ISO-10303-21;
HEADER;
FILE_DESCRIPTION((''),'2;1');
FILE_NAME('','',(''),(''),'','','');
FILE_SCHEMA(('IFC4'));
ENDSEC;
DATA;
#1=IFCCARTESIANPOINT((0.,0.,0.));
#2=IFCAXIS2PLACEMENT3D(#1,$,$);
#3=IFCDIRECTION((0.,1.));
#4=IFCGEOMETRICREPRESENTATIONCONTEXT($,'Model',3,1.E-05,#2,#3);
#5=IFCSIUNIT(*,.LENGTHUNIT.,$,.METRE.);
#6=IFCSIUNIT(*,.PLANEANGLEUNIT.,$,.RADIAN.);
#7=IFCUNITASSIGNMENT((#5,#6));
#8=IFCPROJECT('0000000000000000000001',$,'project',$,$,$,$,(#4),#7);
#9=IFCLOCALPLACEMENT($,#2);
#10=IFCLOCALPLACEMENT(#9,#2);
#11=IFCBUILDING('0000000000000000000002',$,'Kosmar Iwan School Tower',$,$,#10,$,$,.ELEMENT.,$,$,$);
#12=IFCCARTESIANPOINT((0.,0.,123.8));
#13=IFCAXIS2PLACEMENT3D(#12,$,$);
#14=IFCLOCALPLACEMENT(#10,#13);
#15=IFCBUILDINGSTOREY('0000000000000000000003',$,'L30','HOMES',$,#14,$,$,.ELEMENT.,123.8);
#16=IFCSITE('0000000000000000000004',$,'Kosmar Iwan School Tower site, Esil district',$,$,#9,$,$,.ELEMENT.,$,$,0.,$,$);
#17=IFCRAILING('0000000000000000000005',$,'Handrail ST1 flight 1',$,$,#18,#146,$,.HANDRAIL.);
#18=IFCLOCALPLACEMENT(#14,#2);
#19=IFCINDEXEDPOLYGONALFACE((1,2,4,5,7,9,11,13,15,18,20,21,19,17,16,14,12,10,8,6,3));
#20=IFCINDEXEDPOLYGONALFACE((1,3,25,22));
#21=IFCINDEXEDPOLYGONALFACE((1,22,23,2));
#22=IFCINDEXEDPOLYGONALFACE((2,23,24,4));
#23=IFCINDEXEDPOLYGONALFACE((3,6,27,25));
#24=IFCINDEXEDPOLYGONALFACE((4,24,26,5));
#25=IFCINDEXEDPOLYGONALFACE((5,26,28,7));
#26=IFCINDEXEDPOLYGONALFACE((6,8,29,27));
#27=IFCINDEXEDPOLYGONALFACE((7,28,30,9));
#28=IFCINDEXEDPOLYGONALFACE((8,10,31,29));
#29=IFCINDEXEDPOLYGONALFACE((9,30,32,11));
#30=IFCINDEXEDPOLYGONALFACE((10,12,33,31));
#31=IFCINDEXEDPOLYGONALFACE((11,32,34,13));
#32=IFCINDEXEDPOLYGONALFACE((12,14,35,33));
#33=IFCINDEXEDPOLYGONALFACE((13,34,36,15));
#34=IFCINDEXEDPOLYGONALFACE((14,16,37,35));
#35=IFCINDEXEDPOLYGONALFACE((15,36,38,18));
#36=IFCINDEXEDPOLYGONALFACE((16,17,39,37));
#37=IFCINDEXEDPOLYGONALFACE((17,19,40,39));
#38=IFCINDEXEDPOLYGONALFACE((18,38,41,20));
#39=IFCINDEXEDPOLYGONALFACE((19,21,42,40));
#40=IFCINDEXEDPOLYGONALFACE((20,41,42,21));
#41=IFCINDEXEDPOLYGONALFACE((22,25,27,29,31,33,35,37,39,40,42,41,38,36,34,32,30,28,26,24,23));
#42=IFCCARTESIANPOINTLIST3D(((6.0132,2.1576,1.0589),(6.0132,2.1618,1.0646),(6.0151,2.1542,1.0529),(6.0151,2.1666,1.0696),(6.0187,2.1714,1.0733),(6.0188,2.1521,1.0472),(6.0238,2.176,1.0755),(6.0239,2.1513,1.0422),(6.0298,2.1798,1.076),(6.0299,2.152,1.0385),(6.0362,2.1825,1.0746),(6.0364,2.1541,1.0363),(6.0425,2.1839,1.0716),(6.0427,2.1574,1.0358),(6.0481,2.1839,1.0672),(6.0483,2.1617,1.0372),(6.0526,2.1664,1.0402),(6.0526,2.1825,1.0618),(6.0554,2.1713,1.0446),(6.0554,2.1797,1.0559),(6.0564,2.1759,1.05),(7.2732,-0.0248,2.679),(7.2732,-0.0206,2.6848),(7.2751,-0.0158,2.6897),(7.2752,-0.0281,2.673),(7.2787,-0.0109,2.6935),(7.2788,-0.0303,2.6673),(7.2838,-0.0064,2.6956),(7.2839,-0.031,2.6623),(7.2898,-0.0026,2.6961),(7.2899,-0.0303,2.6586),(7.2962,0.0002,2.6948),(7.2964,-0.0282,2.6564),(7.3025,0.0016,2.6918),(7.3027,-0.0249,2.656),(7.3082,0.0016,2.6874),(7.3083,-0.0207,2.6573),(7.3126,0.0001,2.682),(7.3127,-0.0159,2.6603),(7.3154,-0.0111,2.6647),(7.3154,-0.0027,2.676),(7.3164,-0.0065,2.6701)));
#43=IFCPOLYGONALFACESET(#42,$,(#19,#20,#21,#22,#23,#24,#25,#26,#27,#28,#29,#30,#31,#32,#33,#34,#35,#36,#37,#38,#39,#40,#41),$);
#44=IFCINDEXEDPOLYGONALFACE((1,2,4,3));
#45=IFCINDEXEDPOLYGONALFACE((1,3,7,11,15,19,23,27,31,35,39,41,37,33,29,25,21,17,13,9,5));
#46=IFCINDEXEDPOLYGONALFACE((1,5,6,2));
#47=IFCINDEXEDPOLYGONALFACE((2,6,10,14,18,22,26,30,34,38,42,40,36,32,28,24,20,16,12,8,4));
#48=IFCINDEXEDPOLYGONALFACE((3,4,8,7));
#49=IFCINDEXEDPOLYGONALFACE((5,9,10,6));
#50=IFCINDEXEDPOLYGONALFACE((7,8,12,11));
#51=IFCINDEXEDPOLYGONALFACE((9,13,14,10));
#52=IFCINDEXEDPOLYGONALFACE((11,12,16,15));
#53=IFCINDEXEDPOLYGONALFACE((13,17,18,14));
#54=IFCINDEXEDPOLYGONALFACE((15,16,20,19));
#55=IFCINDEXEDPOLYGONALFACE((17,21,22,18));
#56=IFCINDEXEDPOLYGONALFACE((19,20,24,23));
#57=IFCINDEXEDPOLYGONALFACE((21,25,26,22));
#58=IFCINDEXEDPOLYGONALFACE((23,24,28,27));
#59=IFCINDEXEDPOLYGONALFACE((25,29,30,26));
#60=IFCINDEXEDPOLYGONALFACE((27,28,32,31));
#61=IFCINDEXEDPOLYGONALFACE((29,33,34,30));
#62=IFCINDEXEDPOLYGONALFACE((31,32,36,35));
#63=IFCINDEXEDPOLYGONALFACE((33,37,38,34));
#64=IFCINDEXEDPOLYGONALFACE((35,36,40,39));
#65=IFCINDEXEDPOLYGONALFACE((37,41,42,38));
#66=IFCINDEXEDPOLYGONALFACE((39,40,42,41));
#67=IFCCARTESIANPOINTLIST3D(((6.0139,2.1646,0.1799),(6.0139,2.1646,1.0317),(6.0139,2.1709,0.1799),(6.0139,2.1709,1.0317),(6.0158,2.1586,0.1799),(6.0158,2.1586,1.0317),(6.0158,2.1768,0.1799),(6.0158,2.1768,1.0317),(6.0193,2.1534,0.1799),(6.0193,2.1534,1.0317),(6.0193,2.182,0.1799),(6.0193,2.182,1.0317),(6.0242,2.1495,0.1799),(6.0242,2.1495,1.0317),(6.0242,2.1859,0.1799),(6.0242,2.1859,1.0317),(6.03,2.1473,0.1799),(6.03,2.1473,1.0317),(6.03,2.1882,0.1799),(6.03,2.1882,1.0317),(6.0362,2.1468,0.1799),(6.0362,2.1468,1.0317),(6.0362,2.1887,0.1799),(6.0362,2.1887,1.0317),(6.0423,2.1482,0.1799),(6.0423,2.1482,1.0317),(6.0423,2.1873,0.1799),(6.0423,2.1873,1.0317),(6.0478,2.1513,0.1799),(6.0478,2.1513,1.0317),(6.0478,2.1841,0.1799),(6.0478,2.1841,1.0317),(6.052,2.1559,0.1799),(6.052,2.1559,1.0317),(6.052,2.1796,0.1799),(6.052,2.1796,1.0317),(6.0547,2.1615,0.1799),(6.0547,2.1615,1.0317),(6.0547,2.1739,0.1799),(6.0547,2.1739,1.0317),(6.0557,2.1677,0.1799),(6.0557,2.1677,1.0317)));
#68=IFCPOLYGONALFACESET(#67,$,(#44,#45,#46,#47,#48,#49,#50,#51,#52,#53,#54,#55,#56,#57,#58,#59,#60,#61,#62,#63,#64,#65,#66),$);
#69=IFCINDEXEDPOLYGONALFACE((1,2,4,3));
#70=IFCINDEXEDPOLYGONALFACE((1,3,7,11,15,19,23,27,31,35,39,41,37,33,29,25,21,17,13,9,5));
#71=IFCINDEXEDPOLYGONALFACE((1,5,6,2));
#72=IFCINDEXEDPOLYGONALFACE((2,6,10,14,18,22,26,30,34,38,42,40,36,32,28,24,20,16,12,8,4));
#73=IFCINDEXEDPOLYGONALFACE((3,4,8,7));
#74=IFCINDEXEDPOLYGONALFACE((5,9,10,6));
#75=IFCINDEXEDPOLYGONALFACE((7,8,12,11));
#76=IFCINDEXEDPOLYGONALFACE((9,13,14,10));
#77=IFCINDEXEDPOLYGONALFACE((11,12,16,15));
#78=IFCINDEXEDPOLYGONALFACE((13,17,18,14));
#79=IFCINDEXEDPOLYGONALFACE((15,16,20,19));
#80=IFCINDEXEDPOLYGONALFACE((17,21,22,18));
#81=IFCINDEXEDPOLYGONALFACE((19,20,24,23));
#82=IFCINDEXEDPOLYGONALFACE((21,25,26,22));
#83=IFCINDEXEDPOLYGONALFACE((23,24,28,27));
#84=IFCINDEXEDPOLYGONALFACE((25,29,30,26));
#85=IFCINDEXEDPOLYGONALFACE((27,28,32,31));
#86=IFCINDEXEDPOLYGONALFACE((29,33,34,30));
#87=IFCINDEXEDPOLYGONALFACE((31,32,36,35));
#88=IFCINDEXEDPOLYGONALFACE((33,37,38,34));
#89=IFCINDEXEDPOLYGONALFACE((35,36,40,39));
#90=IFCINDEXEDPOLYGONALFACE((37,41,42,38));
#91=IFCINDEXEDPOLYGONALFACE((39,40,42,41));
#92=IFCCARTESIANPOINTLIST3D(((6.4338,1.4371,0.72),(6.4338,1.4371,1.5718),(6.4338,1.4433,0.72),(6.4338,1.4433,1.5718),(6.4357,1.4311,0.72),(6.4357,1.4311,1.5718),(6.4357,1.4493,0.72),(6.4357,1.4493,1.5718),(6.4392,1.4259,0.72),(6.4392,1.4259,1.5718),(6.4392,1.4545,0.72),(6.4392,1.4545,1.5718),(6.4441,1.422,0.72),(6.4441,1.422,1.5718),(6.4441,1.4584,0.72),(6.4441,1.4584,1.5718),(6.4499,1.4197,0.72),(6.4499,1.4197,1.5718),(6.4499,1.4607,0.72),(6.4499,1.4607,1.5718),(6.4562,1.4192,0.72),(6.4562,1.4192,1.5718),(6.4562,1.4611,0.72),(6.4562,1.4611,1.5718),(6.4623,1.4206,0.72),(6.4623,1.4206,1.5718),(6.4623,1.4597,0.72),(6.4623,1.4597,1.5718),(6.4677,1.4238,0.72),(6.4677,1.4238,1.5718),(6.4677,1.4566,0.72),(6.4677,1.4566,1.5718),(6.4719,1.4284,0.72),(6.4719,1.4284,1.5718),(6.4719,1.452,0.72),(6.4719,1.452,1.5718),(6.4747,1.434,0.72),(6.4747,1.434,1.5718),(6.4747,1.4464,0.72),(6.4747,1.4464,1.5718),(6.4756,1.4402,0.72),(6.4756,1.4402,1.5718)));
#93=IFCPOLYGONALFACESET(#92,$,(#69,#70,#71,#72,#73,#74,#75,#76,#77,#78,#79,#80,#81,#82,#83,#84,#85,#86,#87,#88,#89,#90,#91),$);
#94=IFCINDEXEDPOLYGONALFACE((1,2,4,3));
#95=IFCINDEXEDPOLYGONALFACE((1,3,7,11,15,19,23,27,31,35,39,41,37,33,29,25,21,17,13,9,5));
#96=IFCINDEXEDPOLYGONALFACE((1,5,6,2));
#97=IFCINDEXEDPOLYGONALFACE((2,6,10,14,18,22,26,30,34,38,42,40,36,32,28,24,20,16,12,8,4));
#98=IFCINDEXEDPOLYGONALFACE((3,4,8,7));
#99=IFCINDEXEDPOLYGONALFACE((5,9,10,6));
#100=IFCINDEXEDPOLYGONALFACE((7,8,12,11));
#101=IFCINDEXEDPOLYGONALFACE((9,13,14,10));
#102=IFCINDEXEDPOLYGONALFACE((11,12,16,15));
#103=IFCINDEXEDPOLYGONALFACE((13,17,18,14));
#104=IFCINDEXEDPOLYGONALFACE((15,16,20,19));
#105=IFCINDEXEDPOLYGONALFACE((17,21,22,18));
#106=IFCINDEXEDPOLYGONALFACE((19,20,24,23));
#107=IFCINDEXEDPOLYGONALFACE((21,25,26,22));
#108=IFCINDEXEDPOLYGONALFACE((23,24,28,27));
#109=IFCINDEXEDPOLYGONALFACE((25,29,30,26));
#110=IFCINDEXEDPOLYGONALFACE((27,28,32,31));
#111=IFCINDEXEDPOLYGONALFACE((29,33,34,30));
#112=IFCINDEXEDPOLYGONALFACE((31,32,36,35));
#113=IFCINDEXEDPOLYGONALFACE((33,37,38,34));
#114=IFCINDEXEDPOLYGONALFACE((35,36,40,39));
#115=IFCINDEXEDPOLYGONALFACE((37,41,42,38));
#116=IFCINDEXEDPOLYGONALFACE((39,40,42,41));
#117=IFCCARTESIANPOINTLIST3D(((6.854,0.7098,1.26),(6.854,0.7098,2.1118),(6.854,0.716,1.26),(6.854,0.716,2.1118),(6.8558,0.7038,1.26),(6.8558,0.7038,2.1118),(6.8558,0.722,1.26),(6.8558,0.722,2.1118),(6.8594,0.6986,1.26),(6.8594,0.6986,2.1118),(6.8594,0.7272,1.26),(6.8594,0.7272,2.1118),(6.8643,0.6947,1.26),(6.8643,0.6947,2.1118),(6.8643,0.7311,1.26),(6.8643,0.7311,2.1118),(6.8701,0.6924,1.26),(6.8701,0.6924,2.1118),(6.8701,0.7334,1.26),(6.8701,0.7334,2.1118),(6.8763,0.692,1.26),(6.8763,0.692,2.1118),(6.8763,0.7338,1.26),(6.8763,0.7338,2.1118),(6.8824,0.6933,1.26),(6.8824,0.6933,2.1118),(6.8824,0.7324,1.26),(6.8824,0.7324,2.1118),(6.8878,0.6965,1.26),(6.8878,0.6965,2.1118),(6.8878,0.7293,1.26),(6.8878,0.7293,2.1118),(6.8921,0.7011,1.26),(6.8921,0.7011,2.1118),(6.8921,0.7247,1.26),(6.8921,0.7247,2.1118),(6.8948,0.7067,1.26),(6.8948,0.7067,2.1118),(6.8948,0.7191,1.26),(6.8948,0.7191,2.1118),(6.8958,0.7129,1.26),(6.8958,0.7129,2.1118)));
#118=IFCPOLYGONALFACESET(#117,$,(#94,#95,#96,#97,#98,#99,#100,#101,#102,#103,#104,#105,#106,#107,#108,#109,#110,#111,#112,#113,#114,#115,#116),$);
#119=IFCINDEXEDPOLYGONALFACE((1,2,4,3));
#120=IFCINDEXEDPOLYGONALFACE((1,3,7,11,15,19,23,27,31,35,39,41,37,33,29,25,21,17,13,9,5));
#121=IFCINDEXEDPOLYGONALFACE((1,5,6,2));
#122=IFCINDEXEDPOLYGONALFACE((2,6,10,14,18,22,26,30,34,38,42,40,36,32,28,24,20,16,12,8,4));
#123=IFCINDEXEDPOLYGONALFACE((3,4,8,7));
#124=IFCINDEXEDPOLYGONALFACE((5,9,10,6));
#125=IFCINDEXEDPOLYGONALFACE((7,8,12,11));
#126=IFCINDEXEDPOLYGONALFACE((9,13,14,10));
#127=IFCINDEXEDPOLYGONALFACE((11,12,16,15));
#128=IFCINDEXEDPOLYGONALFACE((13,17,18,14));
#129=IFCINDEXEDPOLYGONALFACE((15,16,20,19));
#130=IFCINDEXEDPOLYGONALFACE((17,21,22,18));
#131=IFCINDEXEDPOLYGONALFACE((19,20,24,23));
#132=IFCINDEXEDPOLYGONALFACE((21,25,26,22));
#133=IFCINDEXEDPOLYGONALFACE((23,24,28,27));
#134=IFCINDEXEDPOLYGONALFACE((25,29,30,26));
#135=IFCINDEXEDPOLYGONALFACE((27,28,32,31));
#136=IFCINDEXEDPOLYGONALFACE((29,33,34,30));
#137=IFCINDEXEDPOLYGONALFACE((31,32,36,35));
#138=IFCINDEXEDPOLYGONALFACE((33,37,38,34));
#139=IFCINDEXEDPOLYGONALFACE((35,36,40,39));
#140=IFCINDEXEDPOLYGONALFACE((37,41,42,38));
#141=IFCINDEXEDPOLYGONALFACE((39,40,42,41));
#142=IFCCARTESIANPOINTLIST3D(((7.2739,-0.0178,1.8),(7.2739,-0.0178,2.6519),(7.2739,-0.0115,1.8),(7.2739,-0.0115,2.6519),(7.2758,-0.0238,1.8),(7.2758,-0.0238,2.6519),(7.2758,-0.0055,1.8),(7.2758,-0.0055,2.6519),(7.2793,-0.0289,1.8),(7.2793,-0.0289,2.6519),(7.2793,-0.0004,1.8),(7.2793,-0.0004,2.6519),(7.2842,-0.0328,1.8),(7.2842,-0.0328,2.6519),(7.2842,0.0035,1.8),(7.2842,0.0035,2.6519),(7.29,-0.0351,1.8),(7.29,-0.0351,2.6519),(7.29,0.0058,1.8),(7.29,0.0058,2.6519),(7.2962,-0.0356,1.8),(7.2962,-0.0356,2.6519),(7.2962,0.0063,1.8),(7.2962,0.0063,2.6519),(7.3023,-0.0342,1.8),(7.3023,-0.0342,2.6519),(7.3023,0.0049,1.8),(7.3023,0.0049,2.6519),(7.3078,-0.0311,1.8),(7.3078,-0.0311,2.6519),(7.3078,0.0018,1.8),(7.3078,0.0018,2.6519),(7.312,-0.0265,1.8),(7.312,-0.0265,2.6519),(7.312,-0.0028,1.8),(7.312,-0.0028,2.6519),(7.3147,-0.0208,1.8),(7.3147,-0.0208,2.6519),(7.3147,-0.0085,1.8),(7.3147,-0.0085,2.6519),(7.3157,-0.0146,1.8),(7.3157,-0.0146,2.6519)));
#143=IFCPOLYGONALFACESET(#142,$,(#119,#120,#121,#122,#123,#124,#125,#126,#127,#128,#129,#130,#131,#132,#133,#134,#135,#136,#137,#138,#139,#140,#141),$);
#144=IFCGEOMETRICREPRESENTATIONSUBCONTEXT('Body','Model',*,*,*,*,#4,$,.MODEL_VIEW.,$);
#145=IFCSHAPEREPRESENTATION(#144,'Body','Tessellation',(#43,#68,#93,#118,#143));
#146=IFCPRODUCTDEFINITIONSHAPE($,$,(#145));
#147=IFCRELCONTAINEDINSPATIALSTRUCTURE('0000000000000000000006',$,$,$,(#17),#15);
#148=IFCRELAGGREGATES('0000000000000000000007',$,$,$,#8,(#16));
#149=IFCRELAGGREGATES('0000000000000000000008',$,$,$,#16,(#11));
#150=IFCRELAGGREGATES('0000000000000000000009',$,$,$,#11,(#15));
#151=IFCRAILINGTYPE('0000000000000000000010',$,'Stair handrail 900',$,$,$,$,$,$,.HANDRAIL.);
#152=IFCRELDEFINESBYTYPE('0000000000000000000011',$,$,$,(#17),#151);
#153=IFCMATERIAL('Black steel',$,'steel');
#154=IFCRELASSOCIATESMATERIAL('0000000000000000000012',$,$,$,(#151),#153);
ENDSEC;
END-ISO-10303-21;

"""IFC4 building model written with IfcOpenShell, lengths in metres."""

from ifc_helpers import new_model, si_unit, direction, frame, origin, origin_2d, place, context, subcontext, project, spatial, circle, extrude, material, type_object, element, save


model = new_model("IFC4")

# Units and contexts
model_context = context("Model", 3, precision=1e-05, world=origin(), true_north=direction((0.0, 1.0)))
body_context = subcontext(model_context, "Body", "Model", "MODEL_VIEW")
ifc_project = project(units=[si_unit("LENGTHUNIT", "METRE"), si_unit("PLANEANGLEUNIT", "RADIAN")], contexts=[model_context])

# Site, building, storey
site_placement = place(None, origin())
site = spatial("IfcSite", under=ifc_project, at=site_placement, Name="Kosmar Iwan School Tower site, Esil district", CompositionType="ELEMENT", RefElevation=0.0)
building_placement = place(site_placement, origin())
building = spatial("IfcBuilding", under=site, at=building_placement, Name="Kosmar Iwan School Tower", CompositionType="ELEMENT")
storey_placement = place(building_placement, frame((0.0, 0.0, 123.8)))
storey = spatial("IfcBuildingStorey", under=building, at=storey_placement, Name="L30", Description="HOMES", CompositionType="ELEMENT", Elevation=123.8)

# Railing
ifc_material_1 = material(Name="Black steel", Category="steel")
railing_type = type_object("IfcRailingType", Name="Stair handrail 900", PredefinedType="HANDRAIL", material=ifc_material_1)
railing_placement = place(storey_placement, frame((6.0347, 2.1677, 0.1799)))
element("IfcRailing", 1, at=railing_placement, inside=storey, type_object=railing_type, Name="Handrail ST1 flight 1", PredefinedType="HANDRAIL", context=body_context, shape_type="SweptSolid", body=[
    extrude(circle(Radius=0.0239, at=origin_2d()), frame((0.0, 0.0, 0.876), z_axis=(0.420584, -0.728464, 0.540786), x_axis=(0.866023, 0.500005, 0.0)), (0.0, 0.0, 1.0), 2.9958),
    extrude(circle(Radius=0.021, at=origin_2d()), origin(), (0.0, 0.0, 1.0), 0.8518),
    extrude(circle(Radius=0.021, at=origin_2d()), frame((0.4199, -0.7275, 0.54)), (0.0, 0.0, 1.0), 0.8518),
    extrude(circle(Radius=0.021, at=origin_2d()), frame((0.8401, -1.4548, 1.0801)), (0.0, 0.0, 1.0), 0.8518),
    extrude(circle(Radius=0.021, at=origin_2d()), frame((1.26, -2.1824, 1.6201)), (0.0, 0.0, 1.0), 0.8518),
])

save(model, "model.ifc")
